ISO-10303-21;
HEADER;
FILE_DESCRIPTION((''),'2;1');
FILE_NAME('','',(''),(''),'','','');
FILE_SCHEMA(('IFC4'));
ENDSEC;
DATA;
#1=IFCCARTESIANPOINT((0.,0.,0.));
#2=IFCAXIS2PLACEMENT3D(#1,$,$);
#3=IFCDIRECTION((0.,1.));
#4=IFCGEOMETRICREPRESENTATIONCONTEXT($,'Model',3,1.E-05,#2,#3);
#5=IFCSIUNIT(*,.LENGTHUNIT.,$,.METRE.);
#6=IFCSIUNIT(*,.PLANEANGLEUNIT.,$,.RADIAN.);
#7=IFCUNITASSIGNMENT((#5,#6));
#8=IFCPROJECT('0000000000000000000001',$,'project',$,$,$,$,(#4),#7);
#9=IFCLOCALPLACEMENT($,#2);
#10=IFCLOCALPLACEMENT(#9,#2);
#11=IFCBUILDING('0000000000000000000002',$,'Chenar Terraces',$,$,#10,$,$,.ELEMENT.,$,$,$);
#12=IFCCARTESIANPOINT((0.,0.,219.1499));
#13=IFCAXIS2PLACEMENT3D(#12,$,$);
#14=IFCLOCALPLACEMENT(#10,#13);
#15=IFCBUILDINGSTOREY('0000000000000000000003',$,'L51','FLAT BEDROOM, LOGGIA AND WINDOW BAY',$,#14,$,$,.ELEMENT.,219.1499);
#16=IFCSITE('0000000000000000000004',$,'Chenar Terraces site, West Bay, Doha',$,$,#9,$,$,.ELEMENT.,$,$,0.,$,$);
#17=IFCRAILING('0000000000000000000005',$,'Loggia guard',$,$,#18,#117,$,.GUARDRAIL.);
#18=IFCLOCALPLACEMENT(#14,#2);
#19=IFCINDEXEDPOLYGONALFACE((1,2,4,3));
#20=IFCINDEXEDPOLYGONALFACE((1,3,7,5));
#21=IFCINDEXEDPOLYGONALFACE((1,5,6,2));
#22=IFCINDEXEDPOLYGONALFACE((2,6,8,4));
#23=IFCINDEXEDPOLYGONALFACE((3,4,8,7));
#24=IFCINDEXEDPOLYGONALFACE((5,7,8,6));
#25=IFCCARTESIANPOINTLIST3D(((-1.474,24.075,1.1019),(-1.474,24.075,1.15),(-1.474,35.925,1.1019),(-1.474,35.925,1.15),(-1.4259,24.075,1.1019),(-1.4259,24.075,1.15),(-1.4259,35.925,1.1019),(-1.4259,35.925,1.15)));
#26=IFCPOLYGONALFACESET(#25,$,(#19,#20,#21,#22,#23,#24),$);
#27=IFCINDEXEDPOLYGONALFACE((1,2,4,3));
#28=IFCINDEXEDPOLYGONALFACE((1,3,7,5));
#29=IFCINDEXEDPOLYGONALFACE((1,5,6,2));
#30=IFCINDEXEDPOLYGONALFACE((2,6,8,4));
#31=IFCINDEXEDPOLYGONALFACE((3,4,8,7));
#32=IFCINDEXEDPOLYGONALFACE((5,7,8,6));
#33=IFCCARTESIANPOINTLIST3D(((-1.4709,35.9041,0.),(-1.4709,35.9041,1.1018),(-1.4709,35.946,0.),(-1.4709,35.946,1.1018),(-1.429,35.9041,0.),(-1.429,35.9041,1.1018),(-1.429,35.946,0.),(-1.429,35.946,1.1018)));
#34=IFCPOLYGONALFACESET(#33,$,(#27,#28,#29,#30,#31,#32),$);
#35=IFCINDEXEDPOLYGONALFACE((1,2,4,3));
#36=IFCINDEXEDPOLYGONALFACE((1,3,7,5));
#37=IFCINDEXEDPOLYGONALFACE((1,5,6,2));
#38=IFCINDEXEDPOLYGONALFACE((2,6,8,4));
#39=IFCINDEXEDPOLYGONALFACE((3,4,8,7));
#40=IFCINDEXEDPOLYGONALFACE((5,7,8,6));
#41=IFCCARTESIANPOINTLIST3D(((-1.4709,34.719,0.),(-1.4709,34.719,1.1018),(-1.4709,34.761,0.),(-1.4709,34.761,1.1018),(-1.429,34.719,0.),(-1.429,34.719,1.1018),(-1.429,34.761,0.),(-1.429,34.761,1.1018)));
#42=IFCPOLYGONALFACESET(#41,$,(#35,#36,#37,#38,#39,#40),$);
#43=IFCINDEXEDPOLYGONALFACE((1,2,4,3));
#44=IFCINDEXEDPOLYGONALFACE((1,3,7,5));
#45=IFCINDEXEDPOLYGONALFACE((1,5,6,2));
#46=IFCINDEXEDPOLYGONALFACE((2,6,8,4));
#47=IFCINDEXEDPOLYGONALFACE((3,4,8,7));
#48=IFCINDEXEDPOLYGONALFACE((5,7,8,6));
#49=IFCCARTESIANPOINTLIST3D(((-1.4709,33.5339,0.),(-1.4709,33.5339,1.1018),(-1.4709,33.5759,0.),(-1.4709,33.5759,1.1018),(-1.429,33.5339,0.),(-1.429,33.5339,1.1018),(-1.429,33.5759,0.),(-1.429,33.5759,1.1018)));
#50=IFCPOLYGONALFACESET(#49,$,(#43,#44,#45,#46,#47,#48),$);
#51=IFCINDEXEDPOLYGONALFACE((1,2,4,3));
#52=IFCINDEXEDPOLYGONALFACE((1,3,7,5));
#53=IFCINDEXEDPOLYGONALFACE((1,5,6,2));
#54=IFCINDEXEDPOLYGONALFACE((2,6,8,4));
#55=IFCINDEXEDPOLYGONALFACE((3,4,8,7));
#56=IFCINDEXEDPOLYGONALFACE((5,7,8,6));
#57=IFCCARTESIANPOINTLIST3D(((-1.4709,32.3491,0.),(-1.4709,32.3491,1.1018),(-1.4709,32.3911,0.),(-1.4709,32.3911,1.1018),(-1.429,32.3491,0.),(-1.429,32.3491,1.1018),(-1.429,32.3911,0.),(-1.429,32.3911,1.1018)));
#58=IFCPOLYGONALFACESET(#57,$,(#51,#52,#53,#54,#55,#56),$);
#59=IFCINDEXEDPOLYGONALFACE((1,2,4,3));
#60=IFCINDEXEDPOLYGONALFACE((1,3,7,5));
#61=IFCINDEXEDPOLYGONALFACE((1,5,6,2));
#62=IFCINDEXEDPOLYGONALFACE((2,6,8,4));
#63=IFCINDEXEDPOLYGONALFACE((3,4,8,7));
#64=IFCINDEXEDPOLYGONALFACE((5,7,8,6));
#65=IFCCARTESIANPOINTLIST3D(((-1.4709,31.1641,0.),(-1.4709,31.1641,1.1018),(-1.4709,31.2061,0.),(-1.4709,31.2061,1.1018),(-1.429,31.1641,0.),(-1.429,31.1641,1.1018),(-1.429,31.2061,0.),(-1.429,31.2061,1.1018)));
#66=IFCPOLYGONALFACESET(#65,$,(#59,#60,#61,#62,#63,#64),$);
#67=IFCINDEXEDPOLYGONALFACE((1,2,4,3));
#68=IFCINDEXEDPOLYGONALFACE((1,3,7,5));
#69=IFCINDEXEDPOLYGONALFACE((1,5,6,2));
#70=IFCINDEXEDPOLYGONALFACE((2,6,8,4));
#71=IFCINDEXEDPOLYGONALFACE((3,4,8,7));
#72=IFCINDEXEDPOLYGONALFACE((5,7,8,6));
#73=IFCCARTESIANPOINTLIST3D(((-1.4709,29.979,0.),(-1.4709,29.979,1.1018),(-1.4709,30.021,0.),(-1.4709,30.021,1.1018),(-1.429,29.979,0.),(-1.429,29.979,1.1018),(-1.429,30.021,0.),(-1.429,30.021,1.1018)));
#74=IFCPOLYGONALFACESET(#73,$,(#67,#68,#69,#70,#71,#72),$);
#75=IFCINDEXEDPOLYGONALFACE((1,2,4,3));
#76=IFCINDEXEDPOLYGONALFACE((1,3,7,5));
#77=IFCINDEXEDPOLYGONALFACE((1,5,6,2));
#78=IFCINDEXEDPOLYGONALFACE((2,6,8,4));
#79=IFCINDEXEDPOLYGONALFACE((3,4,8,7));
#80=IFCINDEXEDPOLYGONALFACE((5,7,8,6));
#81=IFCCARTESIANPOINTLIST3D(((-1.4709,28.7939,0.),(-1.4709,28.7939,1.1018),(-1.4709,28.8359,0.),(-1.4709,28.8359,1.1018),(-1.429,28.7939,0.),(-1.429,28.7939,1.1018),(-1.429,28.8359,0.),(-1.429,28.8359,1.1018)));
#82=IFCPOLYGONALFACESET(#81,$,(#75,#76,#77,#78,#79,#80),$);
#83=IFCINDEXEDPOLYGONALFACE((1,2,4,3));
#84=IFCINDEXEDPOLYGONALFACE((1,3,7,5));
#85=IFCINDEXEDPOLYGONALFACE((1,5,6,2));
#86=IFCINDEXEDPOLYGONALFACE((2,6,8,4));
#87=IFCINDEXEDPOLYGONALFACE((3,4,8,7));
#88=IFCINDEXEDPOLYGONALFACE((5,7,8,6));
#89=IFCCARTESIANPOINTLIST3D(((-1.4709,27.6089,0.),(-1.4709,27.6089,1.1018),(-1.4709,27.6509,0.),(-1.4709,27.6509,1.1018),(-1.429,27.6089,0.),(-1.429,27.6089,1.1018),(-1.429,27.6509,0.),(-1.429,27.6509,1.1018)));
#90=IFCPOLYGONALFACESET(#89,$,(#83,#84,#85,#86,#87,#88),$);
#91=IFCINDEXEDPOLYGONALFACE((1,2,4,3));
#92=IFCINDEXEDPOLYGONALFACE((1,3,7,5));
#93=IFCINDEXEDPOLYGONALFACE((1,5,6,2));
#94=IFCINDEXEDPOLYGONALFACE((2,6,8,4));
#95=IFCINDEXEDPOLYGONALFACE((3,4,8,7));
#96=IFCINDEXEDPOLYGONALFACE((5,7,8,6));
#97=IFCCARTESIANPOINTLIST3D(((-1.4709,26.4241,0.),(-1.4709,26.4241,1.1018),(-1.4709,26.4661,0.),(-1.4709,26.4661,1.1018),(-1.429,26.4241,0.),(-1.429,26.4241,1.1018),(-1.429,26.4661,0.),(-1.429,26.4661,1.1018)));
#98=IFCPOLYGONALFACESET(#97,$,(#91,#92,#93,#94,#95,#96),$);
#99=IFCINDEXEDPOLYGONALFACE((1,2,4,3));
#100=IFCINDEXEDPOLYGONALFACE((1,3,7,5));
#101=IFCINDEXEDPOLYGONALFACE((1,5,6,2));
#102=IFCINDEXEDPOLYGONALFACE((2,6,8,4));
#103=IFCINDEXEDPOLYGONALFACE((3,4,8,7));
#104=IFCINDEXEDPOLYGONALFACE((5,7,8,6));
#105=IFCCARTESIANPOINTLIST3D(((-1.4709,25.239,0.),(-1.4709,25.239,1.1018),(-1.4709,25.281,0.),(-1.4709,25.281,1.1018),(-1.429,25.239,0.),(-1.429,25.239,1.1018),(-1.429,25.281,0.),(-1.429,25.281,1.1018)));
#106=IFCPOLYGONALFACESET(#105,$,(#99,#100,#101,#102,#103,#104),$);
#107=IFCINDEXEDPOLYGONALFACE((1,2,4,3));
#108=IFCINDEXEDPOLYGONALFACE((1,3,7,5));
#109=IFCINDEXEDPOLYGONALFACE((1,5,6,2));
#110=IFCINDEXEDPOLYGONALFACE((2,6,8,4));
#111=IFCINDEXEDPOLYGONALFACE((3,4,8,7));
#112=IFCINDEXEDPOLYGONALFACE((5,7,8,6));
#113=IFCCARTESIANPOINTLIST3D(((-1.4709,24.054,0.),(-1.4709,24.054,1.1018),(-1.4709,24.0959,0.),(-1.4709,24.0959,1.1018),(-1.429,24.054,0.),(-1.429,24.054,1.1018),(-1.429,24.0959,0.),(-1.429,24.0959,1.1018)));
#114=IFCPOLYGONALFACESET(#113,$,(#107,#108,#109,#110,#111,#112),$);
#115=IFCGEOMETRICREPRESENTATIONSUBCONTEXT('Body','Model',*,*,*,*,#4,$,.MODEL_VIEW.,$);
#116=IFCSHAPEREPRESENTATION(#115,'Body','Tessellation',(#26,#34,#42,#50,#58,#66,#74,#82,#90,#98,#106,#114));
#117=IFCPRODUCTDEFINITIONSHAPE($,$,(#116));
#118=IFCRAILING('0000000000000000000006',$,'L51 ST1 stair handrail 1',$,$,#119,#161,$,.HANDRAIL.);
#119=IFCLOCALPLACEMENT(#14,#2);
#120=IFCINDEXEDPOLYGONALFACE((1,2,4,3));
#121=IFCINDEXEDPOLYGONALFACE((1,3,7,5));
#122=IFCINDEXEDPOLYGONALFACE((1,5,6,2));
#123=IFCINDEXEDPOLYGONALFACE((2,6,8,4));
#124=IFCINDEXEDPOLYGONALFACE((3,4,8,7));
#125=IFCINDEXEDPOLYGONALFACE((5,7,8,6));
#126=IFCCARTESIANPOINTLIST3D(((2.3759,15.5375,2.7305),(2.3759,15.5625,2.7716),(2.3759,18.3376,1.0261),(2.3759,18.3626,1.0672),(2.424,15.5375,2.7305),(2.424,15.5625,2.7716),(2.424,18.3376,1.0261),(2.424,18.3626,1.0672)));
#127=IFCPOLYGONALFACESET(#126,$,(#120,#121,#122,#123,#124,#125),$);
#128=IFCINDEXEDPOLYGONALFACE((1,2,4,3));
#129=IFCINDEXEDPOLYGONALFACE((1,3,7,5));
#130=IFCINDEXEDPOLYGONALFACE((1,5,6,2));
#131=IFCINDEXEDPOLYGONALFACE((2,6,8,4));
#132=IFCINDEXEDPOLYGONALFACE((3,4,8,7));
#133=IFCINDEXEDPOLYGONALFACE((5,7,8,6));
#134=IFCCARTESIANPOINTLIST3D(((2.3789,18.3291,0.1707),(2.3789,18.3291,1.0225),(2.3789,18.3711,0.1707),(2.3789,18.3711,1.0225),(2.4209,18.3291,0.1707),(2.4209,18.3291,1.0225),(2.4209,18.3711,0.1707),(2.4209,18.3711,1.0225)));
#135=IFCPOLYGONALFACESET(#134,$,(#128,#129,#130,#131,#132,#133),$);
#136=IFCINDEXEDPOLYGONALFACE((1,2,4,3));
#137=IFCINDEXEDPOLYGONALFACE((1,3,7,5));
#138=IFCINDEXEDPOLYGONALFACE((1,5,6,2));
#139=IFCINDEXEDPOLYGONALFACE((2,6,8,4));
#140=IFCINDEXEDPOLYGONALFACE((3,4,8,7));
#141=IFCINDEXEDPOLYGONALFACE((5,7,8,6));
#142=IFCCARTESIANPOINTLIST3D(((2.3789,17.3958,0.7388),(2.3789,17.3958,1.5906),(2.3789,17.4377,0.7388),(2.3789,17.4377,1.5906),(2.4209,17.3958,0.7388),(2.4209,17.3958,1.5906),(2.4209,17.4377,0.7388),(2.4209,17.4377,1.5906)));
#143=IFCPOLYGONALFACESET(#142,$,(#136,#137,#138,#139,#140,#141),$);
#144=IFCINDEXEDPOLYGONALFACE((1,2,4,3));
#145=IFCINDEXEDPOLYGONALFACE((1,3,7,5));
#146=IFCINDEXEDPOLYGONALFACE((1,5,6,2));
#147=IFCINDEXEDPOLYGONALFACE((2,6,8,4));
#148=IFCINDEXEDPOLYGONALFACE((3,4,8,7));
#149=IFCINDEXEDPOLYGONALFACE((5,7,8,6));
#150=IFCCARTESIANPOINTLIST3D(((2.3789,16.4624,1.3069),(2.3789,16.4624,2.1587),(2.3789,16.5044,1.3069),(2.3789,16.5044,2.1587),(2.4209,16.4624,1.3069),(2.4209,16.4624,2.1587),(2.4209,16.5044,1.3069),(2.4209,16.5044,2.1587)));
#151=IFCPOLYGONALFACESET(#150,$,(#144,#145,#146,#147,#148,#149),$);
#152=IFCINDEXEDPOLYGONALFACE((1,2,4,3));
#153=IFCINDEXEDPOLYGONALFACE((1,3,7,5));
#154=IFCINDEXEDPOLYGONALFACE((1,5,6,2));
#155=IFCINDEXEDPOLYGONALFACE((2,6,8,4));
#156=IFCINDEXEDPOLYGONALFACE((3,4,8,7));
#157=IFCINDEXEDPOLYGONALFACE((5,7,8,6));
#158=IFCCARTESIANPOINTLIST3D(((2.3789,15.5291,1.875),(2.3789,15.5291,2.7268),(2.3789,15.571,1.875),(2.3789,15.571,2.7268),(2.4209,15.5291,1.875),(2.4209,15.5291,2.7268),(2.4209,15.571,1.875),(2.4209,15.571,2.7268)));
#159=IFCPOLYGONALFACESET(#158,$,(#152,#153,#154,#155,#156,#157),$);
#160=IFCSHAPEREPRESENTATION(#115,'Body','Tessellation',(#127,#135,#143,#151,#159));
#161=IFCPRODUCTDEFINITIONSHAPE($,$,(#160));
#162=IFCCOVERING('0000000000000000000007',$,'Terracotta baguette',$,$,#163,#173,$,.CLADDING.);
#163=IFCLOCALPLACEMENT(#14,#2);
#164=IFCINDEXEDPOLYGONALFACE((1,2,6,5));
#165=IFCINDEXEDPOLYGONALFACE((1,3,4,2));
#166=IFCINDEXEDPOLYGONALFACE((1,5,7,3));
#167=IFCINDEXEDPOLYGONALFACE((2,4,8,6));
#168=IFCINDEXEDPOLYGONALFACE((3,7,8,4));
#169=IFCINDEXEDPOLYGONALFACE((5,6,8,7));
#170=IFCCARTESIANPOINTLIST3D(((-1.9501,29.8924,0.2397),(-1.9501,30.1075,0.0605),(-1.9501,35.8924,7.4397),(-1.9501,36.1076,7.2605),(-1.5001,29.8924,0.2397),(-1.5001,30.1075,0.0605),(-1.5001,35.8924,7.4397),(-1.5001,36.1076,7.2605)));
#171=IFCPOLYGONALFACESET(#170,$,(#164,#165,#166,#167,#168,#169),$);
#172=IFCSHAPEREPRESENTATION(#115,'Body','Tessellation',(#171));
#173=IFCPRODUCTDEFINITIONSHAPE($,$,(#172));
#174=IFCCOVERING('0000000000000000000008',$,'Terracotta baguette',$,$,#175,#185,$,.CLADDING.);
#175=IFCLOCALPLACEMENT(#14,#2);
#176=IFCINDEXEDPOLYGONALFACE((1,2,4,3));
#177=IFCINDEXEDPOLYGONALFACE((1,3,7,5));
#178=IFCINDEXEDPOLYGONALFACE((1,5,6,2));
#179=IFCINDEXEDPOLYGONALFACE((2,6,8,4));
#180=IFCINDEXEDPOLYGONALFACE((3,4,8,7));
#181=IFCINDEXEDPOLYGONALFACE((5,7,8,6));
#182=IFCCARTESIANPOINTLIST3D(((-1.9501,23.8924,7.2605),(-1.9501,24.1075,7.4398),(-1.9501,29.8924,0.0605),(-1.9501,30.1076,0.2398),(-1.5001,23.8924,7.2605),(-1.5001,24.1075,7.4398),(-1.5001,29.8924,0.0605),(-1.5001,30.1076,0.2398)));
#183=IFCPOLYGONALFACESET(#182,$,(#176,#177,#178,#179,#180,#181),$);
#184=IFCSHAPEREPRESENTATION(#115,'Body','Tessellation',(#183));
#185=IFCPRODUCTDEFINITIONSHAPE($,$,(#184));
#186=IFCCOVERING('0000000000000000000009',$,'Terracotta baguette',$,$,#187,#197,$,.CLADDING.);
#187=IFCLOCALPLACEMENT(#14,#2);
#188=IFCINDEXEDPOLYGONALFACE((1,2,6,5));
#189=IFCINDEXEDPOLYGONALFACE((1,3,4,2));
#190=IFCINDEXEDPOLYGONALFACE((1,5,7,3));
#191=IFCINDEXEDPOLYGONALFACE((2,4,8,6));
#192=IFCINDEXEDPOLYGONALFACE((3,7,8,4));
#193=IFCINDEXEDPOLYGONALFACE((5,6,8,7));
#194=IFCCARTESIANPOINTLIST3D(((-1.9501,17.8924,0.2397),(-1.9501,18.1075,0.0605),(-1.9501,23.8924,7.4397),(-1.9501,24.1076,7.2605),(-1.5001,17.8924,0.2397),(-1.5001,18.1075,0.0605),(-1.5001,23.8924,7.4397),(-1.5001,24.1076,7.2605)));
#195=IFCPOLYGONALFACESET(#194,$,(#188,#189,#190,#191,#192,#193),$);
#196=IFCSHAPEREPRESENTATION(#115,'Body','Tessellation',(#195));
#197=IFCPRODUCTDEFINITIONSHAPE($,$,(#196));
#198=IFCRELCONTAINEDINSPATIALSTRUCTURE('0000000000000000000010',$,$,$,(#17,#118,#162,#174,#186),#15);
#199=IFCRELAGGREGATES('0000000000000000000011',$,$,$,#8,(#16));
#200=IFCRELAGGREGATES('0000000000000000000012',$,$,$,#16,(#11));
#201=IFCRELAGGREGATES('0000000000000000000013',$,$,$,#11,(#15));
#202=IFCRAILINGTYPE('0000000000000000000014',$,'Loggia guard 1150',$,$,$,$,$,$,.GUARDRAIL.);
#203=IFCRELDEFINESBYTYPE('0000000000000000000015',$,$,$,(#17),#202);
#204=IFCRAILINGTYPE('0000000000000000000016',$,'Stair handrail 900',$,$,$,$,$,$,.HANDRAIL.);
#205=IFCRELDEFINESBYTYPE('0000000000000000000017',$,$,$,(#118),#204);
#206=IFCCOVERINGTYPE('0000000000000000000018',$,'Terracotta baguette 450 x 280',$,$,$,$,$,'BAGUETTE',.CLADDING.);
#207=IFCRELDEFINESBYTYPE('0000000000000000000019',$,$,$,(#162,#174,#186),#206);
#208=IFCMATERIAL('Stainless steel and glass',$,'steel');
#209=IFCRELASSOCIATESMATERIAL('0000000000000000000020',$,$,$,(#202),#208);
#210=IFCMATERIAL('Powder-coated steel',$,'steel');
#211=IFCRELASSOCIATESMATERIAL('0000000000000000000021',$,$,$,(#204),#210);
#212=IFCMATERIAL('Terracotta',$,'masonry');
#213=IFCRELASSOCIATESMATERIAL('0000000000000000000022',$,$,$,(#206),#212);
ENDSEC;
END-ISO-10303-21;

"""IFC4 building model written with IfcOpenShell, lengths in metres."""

from ifc_helpers import new_model, si_unit, direction, frame, origin, origin_2d, place, context, subcontext, project, spatial, rectangle, extrude, material, material_profile, profile_set, type_object, element, save


model = new_model("IFC4")

# Units and contexts
model_context = context("Model", 3, precision=1e-05, world=origin(), true_north=direction((0.0, 1.0)))
body_context = subcontext(model_context, "Body", "Model", "MODEL_VIEW")
ifc_project = project(units=[si_unit("LENGTHUNIT", "METRE"), si_unit("PLANEANGLEUNIT", "RADIAN")], contexts=[model_context])

# Site, building, storey
site_placement = place(None, origin())
site = spatial("IfcSite", under=ifc_project, at=site_placement, Name="Chenar Terraces site, West Bay, Doha", CompositionType="ELEMENT", RefElevation=0.0)
building_placement = place(site_placement, origin())
building = spatial("IfcBuilding", under=site, at=building_placement, Name="Chenar Terraces", CompositionType="ELEMENT")
storey_placement = place(building_placement, frame((0.0, 0.0, 219.1499)))
storey = spatial("IfcBuildingStorey", under=building, at=storey_placement, Name="L51", Description="FLAT BEDROOM, LOGGIA AND WINDOW BAY", CompositionType="ELEMENT", Elevation=219.1499)

# Railings
ifc_material_1 = material(Name="Stainless steel and glass", Category="steel")
railing_type_1 = type_object("IfcRailingType", Name="Loggia guard 1150", PredefinedType="GUARDRAIL", material=ifc_material_1)
railing_1_placement = place(storey_placement, frame((-1.45, 35.925, 0.0)))
element("IfcRailing", 1, at=railing_1_placement, inside=storey, type_object=railing_type_1, Name="Loggia guard", PredefinedType="GUARDRAIL", context=body_context, shape_type="SweptSolid", body=[
    extrude(rectangle(XDim=0.0481, YDim=0.0481, at=origin_2d()), frame((0.0, 0.0, 1.126), z_axis=(0.0, -1.0, 0.0), x_axis=(1.0, 0.0, 0.0)), (0.0, 0.0, 1.0), 11.8501),
    extrude(rectangle(XDim=0.042, YDim=0.042, at=origin_2d()), origin(), (0.0, 0.0, 1.0), 1.1018),
    extrude(rectangle(XDim=0.042, YDim=0.042, at=origin_2d()), frame((0.0, -1.1851, 0.0)), (0.0, 0.0, 1.0), 1.1018),
    extrude(rectangle(XDim=0.042, YDim=0.042, at=origin_2d()), frame((0.0, -2.3701, 0.0)), (0.0, 0.0, 1.0), 1.1018),
    extrude(rectangle(XDim=0.042, YDim=0.042, at=origin_2d()), frame((0.0, -3.5549, 0.0)), (0.0, 0.0, 1.0), 1.1018),
    extrude(rectangle(XDim=0.042, YDim=0.042, at=origin_2d()), frame((0.0, -4.74, 0.0)), (0.0, 0.0, 1.0), 1.1018),
    extrude(rectangle(XDim=0.042, YDim=0.042, at=origin_2d()), frame((0.0, -5.925, 0.0)), (0.0, 0.0, 1.0), 1.1018),
    extrude(rectangle(XDim=0.042, YDim=0.042, at=origin_2d()), frame((0.0, -7.1101, 0.0)), (0.0, 0.0, 1.0), 1.1018),
    extrude(rectangle(XDim=0.042, YDim=0.042, at=origin_2d()), frame((0.0, -8.2952, 0.0)), (0.0, 0.0, 1.0), 1.1018),
    extrude(rectangle(XDim=0.042, YDim=0.042, at=origin_2d()), frame((0.0, -9.48, 0.0)), (0.0, 0.0, 1.0), 1.1018),
    extrude(rectangle(XDim=0.042, YDim=0.042, at=origin_2d()), frame((0.0, -10.665, 0.0)), (0.0, 0.0, 1.0), 1.1018),
    extrude(rectangle(XDim=0.042, YDim=0.042, at=origin_2d()), frame((0.0, -11.8501, 0.0)), (0.0, 0.0, 1.0), 1.1018),
])
ifc_material_2 = material(Name="Powder-coated steel", Category="steel")
railing_type_2 = type_object("IfcRailingType", Name="Stair handrail 900", PredefinedType="HANDRAIL", material=ifc_material_2)
railing_2_placement = place(storey_placement, frame((2.3999, 18.3501, 0.1707)))
element("IfcRailing", 2, at=railing_2_placement, inside=storey, type_object=railing_type_2, Name="L51 ST1 stair handrail 1", PredefinedType="HANDRAIL", context=body_context, shape_type="SweptSolid", body=[
    extrude(rectangle(XDim=0.0481, YDim=0.0481, at=origin_2d()), frame((0.0, 0.0, 0.876), z_axis=(0.0, -0.854203, 0.51994), x_axis=(1.0, 0.0, 0.0)), (0.0, 0.0, 1.0), 3.2781),
    extrude(rectangle(XDim=0.042, YDim=0.042, at=origin_2d()), origin(), (0.0, 0.0, 1.0), 0.8518),
    extrude(rectangle(XDim=0.042, YDim=0.042, at=origin_2d()), frame((0.0, -0.9333, 0.5681)), (0.0, 0.0, 1.0), 0.8518),
    extrude(rectangle(XDim=0.042, YDim=0.042, at=origin_2d()), frame((0.0, -1.8667, 1.1362)), (0.0, 0.0, 1.0), 0.8518),
    extrude(rectangle(XDim=0.042, YDim=0.042, at=origin_2d()), frame((0.0, -2.8, 1.7043)), (0.0, 0.0, 1.0), 0.8518),
])

# Coverings
ifc_material_3 = material(Name="Terracotta", Category="masonry")
ifc_material_profile_1 = material_profile(ifc_material_3, rectangle(XDim=0.45, YDim=0.28, at=origin_2d()), Name="Terracotta baguette 450 x 280")
ifc_profile_set_1 = profile_set([ifc_material_profile_1], Name="Terracotta")
covering_type = type_object("IfcCoveringType", Name="Terracotta baguette 450 x 280", ElementType="BAGUETTE", PredefinedType="CLADDING", material=ifc_profile_set_1)
for number, where, z_axis, x_axis, name in (
    (3, (-1.7251, 36.0, 7.3501), (0.0, -0.640187, -0.768219), (1.0, 0.0, 0.0), "Terracotta baguette"),
    (4, (-1.7251, 30.0, 0.1501), (0.0, -0.640187, 0.768219), (1.0, 0.0, 0.0), "Terracotta baguette"),
    (5, (-1.7251, 24.0, 7.3501), (0.0, -0.640187, -0.768219), (1.0, 0.0, 0.0), "Terracotta baguette"),
):
    element("IfcCovering", number, at=place(storey_placement, frame(where, z_axis=z_axis, x_axis=x_axis)), inside=storey, type_object=covering_type, Name=name, PredefinedType="CLADDING", context=body_context, shape_type="SweptSolid", body=[
        extrude(rectangle(XDim=0.45, YDim=0.28, at=origin_2d()), origin(), (0.0, 0.0, 1.0), 9.3723),
    ])

save(model, "model.ifc")
